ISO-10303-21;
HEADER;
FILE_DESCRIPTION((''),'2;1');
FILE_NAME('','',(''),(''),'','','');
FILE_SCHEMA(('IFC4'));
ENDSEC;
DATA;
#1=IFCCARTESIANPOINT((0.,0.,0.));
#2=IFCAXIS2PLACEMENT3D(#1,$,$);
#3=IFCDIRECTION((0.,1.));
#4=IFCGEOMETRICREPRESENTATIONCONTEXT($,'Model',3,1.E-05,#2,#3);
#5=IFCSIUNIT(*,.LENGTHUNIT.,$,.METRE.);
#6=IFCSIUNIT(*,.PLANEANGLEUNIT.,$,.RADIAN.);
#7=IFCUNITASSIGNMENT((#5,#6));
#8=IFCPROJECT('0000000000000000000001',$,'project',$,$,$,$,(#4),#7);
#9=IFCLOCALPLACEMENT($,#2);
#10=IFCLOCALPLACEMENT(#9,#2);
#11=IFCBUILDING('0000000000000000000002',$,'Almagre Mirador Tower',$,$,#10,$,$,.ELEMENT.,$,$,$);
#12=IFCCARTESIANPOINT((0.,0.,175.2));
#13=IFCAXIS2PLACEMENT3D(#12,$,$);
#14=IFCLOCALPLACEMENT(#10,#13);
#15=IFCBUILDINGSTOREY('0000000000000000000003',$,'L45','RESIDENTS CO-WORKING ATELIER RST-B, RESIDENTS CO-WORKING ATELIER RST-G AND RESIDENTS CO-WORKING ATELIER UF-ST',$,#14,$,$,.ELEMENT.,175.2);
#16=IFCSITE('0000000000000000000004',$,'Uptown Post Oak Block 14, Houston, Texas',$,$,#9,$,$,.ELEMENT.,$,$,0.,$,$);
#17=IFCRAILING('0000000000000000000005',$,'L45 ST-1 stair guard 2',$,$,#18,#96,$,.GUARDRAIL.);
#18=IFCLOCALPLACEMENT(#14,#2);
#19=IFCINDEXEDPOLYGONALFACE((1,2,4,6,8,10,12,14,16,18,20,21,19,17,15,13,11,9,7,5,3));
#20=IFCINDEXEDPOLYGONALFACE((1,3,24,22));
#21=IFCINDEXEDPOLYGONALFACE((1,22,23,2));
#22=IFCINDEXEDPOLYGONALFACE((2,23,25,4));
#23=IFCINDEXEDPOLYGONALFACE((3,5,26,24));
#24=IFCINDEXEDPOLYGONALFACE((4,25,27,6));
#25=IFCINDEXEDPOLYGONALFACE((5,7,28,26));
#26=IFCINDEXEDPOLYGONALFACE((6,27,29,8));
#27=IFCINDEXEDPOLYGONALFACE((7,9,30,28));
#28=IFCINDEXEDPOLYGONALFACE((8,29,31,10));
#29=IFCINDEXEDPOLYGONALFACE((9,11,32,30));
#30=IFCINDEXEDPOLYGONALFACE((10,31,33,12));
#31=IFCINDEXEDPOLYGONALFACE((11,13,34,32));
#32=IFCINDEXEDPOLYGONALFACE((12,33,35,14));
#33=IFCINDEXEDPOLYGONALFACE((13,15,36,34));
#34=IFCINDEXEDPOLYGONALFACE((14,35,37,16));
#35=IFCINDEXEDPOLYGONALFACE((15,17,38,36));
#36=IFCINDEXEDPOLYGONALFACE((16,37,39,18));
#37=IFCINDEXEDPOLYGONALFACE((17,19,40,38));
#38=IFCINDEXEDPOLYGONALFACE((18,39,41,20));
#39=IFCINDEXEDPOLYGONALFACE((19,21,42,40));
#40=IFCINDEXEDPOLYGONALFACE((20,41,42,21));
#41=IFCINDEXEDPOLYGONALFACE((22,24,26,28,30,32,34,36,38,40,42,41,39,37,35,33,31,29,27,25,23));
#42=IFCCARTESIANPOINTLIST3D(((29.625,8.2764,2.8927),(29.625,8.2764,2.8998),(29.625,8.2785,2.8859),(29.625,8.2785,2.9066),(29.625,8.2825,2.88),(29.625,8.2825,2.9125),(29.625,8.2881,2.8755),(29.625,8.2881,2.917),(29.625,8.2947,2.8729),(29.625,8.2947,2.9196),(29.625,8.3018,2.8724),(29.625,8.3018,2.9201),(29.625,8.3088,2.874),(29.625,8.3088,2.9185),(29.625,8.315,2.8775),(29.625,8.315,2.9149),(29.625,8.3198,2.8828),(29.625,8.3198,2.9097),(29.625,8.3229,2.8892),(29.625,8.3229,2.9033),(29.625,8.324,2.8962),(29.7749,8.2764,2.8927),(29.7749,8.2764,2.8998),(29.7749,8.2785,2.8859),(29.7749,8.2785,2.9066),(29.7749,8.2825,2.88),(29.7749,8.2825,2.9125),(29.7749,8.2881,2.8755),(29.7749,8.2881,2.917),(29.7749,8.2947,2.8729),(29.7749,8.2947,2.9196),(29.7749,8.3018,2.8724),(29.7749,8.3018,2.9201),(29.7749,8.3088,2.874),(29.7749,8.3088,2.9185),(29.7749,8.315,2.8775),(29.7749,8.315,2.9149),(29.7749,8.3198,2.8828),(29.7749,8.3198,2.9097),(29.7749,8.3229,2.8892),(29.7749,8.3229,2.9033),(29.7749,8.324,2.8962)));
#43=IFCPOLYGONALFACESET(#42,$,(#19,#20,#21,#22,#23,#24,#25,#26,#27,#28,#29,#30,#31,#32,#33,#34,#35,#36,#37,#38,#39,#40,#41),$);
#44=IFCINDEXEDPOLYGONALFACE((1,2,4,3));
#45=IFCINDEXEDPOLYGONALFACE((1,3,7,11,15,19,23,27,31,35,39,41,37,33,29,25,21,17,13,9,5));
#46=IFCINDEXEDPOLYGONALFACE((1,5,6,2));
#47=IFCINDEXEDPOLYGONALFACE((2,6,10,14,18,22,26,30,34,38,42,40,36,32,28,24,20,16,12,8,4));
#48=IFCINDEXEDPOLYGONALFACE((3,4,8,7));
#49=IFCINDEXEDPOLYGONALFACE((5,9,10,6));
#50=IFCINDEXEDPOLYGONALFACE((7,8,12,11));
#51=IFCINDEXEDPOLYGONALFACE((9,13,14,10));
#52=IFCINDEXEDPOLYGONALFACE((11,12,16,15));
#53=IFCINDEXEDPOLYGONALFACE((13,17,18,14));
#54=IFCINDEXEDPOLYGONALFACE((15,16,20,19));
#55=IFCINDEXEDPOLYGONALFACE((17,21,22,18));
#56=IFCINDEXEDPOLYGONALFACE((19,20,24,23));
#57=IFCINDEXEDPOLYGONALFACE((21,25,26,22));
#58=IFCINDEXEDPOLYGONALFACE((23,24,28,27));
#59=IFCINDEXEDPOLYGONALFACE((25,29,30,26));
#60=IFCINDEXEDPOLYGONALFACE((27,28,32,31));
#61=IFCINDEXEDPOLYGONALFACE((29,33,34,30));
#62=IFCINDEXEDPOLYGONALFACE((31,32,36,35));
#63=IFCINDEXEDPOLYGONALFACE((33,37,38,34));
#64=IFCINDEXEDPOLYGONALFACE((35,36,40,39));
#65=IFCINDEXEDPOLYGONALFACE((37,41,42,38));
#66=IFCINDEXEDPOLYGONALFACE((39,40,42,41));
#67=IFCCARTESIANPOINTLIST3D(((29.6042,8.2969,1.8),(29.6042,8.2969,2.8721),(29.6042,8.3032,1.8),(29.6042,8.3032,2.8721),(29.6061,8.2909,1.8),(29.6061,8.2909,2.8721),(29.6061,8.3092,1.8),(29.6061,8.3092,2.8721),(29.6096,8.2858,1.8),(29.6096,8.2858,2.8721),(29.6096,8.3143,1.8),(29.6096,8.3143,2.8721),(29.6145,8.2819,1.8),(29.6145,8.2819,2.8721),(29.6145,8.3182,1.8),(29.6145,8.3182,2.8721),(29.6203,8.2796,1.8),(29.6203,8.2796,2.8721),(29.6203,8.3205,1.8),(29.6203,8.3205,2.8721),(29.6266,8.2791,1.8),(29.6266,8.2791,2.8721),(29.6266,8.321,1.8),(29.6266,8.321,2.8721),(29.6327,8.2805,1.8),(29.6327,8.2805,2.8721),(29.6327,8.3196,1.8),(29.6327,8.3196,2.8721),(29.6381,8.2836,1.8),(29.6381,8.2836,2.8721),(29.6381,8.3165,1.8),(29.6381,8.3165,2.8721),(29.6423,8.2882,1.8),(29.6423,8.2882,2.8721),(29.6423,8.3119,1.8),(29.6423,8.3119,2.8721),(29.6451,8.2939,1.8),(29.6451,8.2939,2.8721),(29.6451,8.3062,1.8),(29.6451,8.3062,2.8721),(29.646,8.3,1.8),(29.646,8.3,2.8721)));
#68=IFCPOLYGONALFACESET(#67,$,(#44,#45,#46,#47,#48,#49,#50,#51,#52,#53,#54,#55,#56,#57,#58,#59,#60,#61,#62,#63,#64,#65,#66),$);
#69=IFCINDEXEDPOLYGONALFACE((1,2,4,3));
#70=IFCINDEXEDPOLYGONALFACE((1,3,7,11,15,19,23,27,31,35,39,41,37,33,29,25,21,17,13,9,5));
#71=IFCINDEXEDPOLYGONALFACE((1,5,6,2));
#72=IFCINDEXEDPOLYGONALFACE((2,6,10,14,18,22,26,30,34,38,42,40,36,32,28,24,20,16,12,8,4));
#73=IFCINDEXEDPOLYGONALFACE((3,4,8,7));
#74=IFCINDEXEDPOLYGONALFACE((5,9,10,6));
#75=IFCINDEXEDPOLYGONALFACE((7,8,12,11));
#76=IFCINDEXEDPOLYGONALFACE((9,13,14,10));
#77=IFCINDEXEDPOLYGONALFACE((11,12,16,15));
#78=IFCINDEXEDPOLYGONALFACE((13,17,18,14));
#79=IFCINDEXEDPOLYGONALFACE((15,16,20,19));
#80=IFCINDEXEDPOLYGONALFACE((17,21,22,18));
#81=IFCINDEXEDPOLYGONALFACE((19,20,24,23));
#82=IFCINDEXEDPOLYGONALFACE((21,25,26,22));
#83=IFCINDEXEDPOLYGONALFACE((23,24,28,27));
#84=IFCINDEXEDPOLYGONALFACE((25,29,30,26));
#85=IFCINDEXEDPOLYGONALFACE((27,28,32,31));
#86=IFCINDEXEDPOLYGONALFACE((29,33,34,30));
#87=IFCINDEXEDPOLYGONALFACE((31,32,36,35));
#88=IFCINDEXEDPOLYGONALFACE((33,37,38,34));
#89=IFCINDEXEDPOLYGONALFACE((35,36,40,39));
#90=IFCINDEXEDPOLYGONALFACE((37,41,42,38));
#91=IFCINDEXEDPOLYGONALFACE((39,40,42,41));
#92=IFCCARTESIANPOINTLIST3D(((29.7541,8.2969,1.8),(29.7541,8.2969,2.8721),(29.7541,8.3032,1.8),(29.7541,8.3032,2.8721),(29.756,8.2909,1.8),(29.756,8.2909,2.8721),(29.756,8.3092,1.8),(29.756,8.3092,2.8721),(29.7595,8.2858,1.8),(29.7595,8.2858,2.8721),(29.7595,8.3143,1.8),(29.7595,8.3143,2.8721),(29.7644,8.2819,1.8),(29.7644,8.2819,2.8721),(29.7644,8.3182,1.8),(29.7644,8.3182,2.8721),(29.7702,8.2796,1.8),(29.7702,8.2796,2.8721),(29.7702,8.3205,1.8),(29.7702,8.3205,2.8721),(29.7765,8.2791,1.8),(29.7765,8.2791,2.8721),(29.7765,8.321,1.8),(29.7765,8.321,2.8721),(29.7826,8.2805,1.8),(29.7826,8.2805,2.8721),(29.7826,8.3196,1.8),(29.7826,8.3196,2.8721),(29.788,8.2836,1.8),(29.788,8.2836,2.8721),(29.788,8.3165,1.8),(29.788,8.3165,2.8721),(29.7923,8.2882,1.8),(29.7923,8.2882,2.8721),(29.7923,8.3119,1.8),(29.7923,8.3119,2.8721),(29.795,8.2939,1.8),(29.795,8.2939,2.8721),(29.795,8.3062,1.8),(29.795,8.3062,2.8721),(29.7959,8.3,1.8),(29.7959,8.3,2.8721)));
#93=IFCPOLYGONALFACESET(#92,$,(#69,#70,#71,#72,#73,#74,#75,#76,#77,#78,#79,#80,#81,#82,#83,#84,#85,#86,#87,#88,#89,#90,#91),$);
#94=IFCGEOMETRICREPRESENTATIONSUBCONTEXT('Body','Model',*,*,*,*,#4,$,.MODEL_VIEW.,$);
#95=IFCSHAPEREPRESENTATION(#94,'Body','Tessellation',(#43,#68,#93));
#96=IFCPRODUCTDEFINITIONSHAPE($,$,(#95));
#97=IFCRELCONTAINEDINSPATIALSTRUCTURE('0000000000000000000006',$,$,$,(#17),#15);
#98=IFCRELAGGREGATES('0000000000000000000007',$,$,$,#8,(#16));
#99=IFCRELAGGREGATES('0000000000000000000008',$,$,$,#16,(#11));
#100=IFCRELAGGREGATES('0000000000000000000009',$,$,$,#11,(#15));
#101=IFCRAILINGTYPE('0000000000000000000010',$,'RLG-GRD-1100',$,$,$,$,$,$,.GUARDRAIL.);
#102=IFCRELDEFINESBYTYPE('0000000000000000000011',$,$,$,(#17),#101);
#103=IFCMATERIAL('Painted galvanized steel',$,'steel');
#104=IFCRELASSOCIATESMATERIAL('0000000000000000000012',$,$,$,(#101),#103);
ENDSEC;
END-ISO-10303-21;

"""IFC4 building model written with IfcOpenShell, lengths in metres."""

from ifc_helpers import new_model, si_unit, direction, frame, origin, origin_2d, place, context, subcontext, project, spatial, circle, extrude, material, type_object, element, save


model = new_model("IFC4")

# Units and contexts
model_context = context("Model", 3, precision=1e-05, world=origin(), true_north=direction((0.0, 1.0)))
body_context = subcontext(model_context, "Body", "Model", "MODEL_VIEW")
ifc_project = project(units=[si_unit("LENGTHUNIT", "METRE"), si_unit("PLANEANGLEUNIT", "RADIAN")], contexts=[model_context])

# Site, building, storey
site_placement = place(None, origin())
site = spatial("IfcSite", under=ifc_project, at=site_placement, Name="Uptown Post Oak Block 14, Houston, Texas", CompositionType="ELEMENT", RefElevation=0.0)
building_placement = place(site_placement, origin())
building = spatial("IfcBuilding", under=site, at=building_placement, Name="Almagre Mirador Tower", CompositionType="ELEMENT")
storey_placement = place(building_placement, frame((0.0, 0.0, 175.2)))
storey = spatial("IfcBuildingStorey", under=building, at=storey_placement, Name="L45", Description="RESIDENTS CO-WORKING ATELIER RST-B, RESIDENTS CO-WORKING ATELIER RST-G AND RESIDENTS CO-WORKING ATELIER UF-ST", CompositionType="ELEMENT", Elevation=175.2)

# Railing
ifc_material_1 = material(Name="Painted galvanized steel", Category="steel")
railing_type_1 = type_object("IfcRailingType", Name="RLG-GRD-1100", PredefinedType="GUARDRAIL", material=ifc_material_1)
railing_1_placement = place(storey_placement, frame((29.625, 8.3, 1.8)))
element("IfcRailing", 1, at=railing_1_placement, inside=storey, type_object=railing_type_1, Name="L45 ST-1 stair guard 2", PredefinedType="GUARDRAIL", context=body_context, shape_type="SweptSolid", body=[
    extrude(circle(Radius=0.0239, at=origin_2d()), frame((0.0, 0.0, 1.0962), z_axis=(1.0, 0.0, 0.0), x_axis=(0.0, 1.0, 0.0)), (0.0, 0.0, 1.0), 0.1499),
    extrude(circle(Radius=0.021, at=origin_2d()), origin(), (0.0, 0.0, 1.0), 1.072),
    extrude(circle(Radius=0.021, at=origin_2d()), frame((0.1499, 0.0, 0.0)), (0.0, 0.0, 1.0), 1.072),
])

save(model, "model.ifc")
